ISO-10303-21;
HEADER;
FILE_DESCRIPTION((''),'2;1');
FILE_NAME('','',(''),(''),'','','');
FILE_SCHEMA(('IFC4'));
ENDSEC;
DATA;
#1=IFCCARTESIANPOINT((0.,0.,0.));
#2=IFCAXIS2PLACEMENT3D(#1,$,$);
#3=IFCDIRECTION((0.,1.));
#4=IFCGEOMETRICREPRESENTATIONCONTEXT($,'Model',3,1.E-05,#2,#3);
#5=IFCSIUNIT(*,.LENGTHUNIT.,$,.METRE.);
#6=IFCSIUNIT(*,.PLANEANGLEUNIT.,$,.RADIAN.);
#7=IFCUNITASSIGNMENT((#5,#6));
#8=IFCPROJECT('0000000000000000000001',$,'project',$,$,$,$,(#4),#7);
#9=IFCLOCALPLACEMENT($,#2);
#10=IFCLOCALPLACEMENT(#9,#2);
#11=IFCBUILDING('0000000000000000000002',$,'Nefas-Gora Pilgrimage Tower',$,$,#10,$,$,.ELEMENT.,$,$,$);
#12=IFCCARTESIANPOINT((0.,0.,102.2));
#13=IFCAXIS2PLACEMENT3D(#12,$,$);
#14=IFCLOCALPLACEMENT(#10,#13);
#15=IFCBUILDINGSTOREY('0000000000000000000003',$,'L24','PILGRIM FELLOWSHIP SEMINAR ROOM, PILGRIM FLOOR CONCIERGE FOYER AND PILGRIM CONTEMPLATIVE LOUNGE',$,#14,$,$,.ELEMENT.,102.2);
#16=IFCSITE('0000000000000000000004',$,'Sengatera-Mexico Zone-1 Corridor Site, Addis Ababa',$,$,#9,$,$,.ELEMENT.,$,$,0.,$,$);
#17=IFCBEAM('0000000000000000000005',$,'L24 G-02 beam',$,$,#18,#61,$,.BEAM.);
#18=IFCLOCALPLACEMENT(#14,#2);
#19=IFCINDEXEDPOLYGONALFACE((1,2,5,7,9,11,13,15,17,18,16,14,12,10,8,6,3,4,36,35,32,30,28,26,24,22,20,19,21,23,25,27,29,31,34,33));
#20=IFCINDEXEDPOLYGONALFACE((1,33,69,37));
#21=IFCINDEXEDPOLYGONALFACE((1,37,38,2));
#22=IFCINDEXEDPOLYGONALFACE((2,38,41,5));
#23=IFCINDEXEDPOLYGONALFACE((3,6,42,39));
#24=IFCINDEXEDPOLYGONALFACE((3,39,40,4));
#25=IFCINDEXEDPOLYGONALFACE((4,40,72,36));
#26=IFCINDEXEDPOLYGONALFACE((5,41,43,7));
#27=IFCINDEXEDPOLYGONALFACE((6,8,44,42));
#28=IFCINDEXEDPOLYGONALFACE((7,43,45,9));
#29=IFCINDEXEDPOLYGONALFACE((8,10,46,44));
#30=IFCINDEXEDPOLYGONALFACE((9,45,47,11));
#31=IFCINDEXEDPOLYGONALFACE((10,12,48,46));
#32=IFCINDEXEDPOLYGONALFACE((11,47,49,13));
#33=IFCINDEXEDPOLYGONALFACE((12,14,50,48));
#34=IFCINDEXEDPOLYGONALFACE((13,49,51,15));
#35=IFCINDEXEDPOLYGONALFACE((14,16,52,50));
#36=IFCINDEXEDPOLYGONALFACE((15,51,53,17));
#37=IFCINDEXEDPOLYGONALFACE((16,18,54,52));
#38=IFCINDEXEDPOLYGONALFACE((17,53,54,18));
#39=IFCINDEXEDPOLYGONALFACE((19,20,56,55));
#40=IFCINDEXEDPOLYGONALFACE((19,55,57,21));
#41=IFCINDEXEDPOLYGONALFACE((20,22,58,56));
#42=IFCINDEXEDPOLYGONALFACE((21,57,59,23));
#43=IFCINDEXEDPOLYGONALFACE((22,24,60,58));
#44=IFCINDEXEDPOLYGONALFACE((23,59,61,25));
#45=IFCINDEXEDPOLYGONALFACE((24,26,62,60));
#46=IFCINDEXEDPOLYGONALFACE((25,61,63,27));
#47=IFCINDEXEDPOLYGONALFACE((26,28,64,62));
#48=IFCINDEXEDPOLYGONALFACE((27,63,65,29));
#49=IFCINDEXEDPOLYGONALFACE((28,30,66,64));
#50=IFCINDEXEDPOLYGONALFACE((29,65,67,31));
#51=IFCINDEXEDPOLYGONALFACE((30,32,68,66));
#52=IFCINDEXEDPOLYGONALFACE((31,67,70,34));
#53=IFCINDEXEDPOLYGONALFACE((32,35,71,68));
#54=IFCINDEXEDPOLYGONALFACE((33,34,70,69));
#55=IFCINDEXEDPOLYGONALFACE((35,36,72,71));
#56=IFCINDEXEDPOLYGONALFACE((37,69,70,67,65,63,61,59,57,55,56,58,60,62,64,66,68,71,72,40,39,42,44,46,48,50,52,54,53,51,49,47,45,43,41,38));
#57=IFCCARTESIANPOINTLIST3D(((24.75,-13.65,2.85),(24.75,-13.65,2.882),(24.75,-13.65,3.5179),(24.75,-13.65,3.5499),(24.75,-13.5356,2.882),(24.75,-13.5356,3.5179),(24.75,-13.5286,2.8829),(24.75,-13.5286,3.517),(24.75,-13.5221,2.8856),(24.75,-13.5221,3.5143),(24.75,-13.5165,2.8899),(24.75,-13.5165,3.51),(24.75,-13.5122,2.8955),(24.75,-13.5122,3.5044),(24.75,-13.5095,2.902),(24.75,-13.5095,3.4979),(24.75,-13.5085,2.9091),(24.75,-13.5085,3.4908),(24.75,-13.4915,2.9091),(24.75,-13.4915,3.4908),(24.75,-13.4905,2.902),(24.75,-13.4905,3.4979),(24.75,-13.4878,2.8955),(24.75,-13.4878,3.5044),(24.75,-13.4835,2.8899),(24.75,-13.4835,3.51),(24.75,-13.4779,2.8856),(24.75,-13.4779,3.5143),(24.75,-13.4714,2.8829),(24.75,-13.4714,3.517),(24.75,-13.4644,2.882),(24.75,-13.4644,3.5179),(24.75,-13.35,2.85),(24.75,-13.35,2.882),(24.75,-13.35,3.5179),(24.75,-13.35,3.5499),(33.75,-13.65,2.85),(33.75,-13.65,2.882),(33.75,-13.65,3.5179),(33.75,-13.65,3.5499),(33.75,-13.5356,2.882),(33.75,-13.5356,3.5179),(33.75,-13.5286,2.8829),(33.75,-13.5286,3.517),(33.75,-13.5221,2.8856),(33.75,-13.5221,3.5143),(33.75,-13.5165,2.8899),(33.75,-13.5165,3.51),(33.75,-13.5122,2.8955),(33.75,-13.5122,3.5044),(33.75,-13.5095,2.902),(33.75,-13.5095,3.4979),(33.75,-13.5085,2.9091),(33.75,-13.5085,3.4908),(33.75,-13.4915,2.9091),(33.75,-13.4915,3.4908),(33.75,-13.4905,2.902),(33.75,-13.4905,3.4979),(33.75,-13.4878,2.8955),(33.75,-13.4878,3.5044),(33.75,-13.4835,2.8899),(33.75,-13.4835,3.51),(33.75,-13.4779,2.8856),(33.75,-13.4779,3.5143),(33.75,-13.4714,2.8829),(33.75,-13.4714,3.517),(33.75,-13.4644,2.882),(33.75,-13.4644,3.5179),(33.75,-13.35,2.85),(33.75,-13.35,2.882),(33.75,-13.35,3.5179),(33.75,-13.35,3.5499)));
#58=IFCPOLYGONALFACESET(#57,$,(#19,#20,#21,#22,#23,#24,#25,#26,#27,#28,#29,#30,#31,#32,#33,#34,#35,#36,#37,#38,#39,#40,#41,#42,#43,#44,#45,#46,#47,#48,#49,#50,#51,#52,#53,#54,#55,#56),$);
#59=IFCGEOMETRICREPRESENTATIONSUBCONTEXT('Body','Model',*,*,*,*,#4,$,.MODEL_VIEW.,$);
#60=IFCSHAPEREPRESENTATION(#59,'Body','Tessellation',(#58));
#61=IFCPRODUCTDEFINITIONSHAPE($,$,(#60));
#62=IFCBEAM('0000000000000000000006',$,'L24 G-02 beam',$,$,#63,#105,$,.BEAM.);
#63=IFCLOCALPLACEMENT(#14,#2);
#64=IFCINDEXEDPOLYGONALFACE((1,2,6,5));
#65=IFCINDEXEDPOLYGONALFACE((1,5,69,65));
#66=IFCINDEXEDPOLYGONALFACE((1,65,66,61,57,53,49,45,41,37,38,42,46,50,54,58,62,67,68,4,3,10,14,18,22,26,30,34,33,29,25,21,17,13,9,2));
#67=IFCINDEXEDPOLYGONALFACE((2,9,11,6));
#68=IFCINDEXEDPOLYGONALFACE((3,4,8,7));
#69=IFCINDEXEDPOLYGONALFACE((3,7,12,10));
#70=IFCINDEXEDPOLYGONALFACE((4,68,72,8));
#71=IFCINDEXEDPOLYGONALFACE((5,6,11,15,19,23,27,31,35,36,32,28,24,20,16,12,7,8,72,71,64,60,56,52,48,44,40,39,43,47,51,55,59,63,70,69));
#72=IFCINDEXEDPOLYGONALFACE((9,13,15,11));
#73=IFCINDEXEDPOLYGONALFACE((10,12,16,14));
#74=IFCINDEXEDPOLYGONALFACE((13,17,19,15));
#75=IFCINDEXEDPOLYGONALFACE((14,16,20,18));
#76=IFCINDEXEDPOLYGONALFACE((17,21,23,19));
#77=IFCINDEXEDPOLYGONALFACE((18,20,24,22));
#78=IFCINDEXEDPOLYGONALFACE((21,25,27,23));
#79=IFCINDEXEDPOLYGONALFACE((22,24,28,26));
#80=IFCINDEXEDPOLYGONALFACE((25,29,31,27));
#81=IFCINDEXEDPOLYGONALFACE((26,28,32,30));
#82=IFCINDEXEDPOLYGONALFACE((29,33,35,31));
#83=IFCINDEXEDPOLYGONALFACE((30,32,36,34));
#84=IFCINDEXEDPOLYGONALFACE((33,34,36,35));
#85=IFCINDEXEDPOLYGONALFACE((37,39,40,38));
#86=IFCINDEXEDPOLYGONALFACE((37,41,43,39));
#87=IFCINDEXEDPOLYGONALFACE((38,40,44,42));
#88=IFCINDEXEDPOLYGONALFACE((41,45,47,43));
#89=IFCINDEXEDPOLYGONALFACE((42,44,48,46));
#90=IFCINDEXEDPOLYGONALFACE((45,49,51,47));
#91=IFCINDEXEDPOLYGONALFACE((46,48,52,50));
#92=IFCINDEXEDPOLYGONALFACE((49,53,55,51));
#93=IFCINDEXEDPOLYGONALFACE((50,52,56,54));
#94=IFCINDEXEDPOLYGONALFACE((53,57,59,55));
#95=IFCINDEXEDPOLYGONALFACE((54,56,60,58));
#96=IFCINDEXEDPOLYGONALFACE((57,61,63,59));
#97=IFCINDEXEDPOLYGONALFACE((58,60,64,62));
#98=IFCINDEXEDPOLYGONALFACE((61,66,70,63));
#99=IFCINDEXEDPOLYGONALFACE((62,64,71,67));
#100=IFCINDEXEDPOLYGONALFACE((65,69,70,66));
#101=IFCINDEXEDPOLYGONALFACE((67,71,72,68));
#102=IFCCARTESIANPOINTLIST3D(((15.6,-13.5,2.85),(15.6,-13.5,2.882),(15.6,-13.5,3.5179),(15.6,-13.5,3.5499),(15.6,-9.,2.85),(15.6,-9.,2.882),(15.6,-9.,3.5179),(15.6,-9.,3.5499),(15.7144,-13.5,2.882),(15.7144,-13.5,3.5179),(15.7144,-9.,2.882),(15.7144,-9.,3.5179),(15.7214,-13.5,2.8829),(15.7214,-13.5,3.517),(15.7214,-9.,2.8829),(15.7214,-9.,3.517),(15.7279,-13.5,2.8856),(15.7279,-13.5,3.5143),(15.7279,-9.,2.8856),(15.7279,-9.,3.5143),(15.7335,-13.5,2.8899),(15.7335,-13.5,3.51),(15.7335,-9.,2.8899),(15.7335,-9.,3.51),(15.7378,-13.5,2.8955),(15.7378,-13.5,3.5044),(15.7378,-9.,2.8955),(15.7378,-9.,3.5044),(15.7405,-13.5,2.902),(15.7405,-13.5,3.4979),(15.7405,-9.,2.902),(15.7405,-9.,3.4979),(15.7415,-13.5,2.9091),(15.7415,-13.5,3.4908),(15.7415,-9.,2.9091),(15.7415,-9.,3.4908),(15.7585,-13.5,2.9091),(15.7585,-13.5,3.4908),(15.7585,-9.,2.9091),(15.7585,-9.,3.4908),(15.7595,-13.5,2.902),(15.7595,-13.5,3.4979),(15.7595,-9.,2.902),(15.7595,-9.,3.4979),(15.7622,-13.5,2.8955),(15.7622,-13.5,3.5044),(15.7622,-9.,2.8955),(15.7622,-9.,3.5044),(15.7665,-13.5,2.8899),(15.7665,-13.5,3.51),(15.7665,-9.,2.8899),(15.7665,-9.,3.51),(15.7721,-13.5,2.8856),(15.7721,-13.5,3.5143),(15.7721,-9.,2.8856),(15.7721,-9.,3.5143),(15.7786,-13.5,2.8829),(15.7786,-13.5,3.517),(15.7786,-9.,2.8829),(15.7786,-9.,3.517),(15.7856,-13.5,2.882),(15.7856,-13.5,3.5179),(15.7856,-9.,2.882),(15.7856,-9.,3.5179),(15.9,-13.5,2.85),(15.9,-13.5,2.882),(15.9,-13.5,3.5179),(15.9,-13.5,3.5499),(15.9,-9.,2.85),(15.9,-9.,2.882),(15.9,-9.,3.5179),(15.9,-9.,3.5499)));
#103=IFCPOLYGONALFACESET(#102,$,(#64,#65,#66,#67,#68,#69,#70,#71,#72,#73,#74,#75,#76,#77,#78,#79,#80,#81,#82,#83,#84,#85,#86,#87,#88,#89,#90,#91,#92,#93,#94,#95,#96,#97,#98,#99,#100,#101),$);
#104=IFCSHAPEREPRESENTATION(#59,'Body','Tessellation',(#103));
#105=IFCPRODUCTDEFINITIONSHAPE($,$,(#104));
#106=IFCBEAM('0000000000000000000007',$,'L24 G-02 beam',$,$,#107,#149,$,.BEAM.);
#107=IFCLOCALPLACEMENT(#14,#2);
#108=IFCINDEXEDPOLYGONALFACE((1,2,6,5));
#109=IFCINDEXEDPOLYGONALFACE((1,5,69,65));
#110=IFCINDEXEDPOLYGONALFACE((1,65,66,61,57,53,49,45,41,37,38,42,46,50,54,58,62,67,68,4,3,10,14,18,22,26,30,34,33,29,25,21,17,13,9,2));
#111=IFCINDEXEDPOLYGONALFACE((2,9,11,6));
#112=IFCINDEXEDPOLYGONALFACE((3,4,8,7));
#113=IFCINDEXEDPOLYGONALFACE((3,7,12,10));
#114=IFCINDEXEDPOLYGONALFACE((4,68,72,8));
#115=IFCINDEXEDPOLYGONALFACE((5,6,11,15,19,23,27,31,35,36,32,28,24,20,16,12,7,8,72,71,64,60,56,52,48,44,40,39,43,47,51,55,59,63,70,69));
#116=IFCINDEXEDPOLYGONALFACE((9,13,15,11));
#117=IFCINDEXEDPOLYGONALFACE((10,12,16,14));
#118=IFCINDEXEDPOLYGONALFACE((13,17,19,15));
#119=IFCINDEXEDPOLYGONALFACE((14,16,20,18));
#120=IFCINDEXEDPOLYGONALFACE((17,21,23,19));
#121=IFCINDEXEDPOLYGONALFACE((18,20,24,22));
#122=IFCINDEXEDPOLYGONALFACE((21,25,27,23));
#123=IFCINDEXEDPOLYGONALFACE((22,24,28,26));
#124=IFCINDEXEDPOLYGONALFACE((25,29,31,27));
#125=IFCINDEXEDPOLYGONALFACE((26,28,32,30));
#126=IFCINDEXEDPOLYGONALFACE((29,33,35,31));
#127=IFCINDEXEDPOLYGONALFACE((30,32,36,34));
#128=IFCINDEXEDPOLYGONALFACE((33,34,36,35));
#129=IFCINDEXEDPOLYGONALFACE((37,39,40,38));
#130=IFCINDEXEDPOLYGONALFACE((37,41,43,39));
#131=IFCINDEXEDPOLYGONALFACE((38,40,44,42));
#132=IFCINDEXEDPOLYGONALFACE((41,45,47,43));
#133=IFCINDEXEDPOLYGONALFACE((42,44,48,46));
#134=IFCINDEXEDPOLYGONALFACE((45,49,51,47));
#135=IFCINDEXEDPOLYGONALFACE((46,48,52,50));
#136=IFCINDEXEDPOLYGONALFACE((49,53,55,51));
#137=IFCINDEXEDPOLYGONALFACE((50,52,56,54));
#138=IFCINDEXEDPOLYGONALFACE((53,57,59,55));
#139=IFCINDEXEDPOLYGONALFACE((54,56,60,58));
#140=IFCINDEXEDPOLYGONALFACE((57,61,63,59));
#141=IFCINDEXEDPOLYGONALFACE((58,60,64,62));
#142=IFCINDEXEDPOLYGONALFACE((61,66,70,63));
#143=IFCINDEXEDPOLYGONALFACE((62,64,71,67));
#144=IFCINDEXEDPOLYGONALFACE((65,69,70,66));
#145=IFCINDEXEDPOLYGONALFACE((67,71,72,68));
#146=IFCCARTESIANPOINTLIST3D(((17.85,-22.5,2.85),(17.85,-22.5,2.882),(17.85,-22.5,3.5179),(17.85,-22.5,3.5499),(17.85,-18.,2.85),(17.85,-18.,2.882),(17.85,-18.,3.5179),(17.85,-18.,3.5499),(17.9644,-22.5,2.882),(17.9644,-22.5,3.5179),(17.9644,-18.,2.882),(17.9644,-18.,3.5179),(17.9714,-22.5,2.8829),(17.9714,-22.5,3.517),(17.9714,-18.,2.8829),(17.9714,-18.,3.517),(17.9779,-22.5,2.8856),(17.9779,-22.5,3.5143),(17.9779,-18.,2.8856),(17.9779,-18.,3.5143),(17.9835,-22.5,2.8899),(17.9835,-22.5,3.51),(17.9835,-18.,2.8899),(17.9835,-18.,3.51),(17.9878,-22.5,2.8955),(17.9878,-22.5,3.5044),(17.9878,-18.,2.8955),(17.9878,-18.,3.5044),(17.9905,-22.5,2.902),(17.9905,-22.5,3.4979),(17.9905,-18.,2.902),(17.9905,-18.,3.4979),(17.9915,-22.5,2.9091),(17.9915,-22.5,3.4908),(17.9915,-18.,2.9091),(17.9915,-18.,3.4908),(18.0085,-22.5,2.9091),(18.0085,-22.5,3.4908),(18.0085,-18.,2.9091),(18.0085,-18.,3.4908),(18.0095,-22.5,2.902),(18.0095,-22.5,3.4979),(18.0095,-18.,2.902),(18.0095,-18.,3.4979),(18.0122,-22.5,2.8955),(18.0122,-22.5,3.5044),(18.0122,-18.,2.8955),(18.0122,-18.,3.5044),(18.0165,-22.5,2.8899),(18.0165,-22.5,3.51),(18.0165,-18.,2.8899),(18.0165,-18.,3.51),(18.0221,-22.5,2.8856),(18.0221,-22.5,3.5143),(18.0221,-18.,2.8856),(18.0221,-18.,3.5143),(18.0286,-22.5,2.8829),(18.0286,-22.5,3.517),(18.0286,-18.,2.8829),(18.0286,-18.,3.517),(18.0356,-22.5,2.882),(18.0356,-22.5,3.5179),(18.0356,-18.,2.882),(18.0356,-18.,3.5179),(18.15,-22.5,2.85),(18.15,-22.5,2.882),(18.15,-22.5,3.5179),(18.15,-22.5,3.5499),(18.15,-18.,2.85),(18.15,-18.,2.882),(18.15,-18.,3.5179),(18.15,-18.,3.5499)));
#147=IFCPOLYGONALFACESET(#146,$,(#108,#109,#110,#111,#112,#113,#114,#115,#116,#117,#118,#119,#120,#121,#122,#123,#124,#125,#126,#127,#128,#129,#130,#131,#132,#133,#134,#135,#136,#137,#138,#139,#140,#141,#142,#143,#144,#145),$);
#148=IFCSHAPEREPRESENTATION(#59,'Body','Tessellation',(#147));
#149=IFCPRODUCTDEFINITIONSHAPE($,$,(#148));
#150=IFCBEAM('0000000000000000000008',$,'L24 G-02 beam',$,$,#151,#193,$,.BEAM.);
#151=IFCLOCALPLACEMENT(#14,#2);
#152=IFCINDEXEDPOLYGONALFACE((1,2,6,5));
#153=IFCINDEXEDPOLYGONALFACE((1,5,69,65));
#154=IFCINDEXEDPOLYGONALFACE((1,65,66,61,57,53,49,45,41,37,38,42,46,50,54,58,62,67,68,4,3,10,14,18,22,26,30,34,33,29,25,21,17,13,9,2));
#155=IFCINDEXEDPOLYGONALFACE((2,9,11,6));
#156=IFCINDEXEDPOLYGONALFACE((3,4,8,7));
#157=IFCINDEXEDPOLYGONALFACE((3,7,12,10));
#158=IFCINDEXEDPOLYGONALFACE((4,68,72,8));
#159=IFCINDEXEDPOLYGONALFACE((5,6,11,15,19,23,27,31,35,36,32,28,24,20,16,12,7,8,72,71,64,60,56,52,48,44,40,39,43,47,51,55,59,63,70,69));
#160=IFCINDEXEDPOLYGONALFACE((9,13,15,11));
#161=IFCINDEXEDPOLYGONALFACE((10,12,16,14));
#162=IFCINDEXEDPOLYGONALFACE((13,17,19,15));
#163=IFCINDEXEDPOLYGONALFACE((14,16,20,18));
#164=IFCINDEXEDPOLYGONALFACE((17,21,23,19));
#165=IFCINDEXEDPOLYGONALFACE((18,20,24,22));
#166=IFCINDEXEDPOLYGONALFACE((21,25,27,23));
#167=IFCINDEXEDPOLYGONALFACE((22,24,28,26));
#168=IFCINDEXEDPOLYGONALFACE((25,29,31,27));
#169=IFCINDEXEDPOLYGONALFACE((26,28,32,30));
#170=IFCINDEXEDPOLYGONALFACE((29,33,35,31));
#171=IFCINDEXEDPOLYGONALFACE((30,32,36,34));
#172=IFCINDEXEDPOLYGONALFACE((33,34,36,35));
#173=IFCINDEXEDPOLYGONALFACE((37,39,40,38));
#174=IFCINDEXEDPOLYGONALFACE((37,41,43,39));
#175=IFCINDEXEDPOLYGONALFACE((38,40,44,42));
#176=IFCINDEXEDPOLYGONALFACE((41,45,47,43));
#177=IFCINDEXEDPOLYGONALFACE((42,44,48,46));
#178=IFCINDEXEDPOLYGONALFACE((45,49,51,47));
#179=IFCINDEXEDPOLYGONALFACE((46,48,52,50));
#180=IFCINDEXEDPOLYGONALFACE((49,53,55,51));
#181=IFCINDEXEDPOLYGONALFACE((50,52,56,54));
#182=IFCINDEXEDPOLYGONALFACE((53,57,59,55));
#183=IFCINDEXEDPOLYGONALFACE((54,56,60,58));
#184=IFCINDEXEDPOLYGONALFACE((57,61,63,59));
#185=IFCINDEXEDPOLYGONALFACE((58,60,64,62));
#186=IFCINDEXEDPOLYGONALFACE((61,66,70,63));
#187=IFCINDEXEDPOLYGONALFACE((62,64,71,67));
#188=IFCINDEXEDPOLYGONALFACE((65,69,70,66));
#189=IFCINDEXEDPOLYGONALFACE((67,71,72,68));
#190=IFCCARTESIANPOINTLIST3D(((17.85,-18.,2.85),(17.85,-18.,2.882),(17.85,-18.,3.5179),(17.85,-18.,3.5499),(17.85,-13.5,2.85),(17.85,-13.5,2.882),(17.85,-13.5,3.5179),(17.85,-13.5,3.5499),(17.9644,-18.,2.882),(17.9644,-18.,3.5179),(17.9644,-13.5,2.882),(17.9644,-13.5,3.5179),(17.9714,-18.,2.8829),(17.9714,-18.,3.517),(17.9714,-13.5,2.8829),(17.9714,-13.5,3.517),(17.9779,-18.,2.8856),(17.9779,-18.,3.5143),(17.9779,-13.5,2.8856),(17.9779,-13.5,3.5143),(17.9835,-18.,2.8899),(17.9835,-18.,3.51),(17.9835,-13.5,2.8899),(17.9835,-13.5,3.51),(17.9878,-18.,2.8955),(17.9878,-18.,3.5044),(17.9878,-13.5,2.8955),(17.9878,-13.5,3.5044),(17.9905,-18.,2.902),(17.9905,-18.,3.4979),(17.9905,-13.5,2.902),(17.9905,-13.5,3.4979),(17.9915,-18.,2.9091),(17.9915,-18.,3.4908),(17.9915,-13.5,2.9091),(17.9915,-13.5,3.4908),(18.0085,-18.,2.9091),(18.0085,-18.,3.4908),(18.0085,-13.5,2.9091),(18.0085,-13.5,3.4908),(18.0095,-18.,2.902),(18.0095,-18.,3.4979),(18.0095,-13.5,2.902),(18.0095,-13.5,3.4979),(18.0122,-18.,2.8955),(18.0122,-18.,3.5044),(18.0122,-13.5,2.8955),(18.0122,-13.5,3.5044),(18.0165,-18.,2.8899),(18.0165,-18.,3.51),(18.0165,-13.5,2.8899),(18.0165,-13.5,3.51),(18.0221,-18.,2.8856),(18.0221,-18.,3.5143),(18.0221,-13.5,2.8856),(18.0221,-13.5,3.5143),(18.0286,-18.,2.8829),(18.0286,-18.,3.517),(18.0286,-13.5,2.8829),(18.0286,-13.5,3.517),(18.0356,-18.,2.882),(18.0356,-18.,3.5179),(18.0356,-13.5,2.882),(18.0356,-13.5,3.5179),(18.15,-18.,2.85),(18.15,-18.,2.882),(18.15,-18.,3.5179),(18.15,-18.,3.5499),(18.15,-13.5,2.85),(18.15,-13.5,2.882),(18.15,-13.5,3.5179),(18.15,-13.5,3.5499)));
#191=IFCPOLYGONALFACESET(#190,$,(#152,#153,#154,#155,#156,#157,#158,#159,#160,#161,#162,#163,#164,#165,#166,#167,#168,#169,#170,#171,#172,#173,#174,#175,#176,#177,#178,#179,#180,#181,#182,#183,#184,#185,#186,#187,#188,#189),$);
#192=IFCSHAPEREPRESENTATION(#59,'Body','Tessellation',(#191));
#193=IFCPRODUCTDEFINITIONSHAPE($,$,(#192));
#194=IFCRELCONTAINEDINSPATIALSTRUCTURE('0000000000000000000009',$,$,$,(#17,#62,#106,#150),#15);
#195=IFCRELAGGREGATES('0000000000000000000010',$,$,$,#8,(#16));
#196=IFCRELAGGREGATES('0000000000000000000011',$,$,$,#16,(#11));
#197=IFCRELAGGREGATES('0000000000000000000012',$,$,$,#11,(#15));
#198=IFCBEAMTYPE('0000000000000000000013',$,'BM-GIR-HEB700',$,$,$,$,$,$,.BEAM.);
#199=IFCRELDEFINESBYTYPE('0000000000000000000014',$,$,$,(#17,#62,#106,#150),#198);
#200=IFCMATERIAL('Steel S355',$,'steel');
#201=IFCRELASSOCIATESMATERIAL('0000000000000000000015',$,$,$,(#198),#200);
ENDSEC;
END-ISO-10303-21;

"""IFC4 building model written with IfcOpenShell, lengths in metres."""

from ifc_helpers import new_model, si_unit, direction, frame, origin, origin_2d, place, context, subcontext, project, spatial, i_section, extrude, source, transform, mapped, material, material_profile, profile_set, type_object, element, save


model = new_model("IFC4")

# Units and contexts
model_context = context("Model", 3, precision=1e-05, world=origin(), true_north=direction((0.0, 1.0)))
body_context = subcontext(model_context, "Body", "Model", "MODEL_VIEW")
ifc_project = project(units=[si_unit("LENGTHUNIT", "METRE"), si_unit("PLANEANGLEUNIT", "RADIAN")], contexts=[model_context])

# Site, building, storey
site_placement = place(None, origin())
site = spatial("IfcSite", under=ifc_project, at=site_placement, Name="Sengatera-Mexico Zone-1 Corridor Site, Addis Ababa", CompositionType="ELEMENT", RefElevation=0.0)
building_placement = place(site_placement, origin())
building = spatial("IfcBuilding", under=site, at=building_placement, Name="Nefas-Gora Pilgrimage Tower", CompositionType="ELEMENT")
storey_placement = place(building_placement, frame((0.0, 0.0, 102.2)))
storey = spatial("IfcBuildingStorey", under=building, at=storey_placement, Name="L24", Description="PILGRIM FELLOWSHIP SEMINAR ROOM, PILGRIM FLOOR CONCIERGE FOYER AND PILGRIM CONTEMPLATIVE LOUNGE", CompositionType="ELEMENT", Elevation=102.2)

# Beams
ifc_material_1 = material(Name="Steel S355", Category="steel")
ifc_material_profile_1 = material_profile(ifc_material_1, i_section(OverallWidth=0.3, OverallDepth=0.7, WebThickness=0.0171, FlangeThickness=0.032, FilletRadius=0.0271, at=origin_2d()), Name="HEB 700")
ifc_profile_set_1 = profile_set([ifc_material_profile_1], Name="Steel S355")
beam_type_1 = type_object("IfcBeamType", Name="BM-GIR-HEB700", PredefinedType="BEAM", material=ifc_profile_set_1)
shared_shape_1 = source(origin(), body_context, "Body", "SweptSolid", [
    extrude(i_section(OverallWidth=0.3, OverallDepth=0.7, WebThickness=0.0171, FlangeThickness=0.032, FilletRadius=0.0271, at=origin_2d()), origin(), (0.0, 0.0, 1.0), 9.0),
])
beam_1_placement = place(storey_placement, frame((24.75, -13.5, 3.2), z_axis=(1.0, 0.0, 0.0), x_axis=(0.0, 1.0, 0.0)))
element("IfcBeam", 1, at=beam_1_placement, inside=storey, type_object=beam_type_1, Name="L24 G-02 beam", PredefinedType="BEAM", context=body_context, shape_type="MappedRepresentation", body=[
    mapped(shared_shape_1, transform((0.0, 0.0, 0.0), x_axis=(1.0, 0.0, 0.0), y_axis=(0.0, 1.0, 0.0), z_axis=(0.0, 0.0, 1.0), scale=1.0)),
])
shared_shape_2 = source(origin(), body_context, "Body", "SweptSolid", [
    extrude(i_section(OverallWidth=0.3, OverallDepth=0.7, WebThickness=0.0171, FlangeThickness=0.032, FilletRadius=0.0271, at=origin_2d()), origin(), (0.0, 0.0, 1.0), 4.5),
])
for number, where, z_axis, x_axis, name in (
    (2, (15.75, -13.5, 3.2), (0.0, 1.0, 0.0), (-1.0, 0.0, 0.0), "L24 G-02 beam"),
    (3, (18.0, -22.5, 3.2), (0.0, 1.0, 0.0), (-1.0, 0.0, 0.0), "L24 G-02 beam"),
    (4, (18.0, -18.0, 3.2), (0.0, 1.0, 0.0), (-1.0, 0.0, 0.0), "L24 G-02 beam"),
):
    element("IfcBeam", number, at=place(storey_placement, frame(where, z_axis=z_axis, x_axis=x_axis)), inside=storey, type_object=beam_type_1, Name=name, PredefinedType="BEAM", context=body_context, shape_type="MappedRepresentation", body=[
        mapped(shared_shape_2, transform((0.0, 0.0, 0.0), x_axis=(1.0, 0.0, 0.0), y_axis=(0.0, 1.0, 0.0), z_axis=(0.0, 0.0, 1.0), scale=1.0)),
    ])

save(model, "model.ifc")
